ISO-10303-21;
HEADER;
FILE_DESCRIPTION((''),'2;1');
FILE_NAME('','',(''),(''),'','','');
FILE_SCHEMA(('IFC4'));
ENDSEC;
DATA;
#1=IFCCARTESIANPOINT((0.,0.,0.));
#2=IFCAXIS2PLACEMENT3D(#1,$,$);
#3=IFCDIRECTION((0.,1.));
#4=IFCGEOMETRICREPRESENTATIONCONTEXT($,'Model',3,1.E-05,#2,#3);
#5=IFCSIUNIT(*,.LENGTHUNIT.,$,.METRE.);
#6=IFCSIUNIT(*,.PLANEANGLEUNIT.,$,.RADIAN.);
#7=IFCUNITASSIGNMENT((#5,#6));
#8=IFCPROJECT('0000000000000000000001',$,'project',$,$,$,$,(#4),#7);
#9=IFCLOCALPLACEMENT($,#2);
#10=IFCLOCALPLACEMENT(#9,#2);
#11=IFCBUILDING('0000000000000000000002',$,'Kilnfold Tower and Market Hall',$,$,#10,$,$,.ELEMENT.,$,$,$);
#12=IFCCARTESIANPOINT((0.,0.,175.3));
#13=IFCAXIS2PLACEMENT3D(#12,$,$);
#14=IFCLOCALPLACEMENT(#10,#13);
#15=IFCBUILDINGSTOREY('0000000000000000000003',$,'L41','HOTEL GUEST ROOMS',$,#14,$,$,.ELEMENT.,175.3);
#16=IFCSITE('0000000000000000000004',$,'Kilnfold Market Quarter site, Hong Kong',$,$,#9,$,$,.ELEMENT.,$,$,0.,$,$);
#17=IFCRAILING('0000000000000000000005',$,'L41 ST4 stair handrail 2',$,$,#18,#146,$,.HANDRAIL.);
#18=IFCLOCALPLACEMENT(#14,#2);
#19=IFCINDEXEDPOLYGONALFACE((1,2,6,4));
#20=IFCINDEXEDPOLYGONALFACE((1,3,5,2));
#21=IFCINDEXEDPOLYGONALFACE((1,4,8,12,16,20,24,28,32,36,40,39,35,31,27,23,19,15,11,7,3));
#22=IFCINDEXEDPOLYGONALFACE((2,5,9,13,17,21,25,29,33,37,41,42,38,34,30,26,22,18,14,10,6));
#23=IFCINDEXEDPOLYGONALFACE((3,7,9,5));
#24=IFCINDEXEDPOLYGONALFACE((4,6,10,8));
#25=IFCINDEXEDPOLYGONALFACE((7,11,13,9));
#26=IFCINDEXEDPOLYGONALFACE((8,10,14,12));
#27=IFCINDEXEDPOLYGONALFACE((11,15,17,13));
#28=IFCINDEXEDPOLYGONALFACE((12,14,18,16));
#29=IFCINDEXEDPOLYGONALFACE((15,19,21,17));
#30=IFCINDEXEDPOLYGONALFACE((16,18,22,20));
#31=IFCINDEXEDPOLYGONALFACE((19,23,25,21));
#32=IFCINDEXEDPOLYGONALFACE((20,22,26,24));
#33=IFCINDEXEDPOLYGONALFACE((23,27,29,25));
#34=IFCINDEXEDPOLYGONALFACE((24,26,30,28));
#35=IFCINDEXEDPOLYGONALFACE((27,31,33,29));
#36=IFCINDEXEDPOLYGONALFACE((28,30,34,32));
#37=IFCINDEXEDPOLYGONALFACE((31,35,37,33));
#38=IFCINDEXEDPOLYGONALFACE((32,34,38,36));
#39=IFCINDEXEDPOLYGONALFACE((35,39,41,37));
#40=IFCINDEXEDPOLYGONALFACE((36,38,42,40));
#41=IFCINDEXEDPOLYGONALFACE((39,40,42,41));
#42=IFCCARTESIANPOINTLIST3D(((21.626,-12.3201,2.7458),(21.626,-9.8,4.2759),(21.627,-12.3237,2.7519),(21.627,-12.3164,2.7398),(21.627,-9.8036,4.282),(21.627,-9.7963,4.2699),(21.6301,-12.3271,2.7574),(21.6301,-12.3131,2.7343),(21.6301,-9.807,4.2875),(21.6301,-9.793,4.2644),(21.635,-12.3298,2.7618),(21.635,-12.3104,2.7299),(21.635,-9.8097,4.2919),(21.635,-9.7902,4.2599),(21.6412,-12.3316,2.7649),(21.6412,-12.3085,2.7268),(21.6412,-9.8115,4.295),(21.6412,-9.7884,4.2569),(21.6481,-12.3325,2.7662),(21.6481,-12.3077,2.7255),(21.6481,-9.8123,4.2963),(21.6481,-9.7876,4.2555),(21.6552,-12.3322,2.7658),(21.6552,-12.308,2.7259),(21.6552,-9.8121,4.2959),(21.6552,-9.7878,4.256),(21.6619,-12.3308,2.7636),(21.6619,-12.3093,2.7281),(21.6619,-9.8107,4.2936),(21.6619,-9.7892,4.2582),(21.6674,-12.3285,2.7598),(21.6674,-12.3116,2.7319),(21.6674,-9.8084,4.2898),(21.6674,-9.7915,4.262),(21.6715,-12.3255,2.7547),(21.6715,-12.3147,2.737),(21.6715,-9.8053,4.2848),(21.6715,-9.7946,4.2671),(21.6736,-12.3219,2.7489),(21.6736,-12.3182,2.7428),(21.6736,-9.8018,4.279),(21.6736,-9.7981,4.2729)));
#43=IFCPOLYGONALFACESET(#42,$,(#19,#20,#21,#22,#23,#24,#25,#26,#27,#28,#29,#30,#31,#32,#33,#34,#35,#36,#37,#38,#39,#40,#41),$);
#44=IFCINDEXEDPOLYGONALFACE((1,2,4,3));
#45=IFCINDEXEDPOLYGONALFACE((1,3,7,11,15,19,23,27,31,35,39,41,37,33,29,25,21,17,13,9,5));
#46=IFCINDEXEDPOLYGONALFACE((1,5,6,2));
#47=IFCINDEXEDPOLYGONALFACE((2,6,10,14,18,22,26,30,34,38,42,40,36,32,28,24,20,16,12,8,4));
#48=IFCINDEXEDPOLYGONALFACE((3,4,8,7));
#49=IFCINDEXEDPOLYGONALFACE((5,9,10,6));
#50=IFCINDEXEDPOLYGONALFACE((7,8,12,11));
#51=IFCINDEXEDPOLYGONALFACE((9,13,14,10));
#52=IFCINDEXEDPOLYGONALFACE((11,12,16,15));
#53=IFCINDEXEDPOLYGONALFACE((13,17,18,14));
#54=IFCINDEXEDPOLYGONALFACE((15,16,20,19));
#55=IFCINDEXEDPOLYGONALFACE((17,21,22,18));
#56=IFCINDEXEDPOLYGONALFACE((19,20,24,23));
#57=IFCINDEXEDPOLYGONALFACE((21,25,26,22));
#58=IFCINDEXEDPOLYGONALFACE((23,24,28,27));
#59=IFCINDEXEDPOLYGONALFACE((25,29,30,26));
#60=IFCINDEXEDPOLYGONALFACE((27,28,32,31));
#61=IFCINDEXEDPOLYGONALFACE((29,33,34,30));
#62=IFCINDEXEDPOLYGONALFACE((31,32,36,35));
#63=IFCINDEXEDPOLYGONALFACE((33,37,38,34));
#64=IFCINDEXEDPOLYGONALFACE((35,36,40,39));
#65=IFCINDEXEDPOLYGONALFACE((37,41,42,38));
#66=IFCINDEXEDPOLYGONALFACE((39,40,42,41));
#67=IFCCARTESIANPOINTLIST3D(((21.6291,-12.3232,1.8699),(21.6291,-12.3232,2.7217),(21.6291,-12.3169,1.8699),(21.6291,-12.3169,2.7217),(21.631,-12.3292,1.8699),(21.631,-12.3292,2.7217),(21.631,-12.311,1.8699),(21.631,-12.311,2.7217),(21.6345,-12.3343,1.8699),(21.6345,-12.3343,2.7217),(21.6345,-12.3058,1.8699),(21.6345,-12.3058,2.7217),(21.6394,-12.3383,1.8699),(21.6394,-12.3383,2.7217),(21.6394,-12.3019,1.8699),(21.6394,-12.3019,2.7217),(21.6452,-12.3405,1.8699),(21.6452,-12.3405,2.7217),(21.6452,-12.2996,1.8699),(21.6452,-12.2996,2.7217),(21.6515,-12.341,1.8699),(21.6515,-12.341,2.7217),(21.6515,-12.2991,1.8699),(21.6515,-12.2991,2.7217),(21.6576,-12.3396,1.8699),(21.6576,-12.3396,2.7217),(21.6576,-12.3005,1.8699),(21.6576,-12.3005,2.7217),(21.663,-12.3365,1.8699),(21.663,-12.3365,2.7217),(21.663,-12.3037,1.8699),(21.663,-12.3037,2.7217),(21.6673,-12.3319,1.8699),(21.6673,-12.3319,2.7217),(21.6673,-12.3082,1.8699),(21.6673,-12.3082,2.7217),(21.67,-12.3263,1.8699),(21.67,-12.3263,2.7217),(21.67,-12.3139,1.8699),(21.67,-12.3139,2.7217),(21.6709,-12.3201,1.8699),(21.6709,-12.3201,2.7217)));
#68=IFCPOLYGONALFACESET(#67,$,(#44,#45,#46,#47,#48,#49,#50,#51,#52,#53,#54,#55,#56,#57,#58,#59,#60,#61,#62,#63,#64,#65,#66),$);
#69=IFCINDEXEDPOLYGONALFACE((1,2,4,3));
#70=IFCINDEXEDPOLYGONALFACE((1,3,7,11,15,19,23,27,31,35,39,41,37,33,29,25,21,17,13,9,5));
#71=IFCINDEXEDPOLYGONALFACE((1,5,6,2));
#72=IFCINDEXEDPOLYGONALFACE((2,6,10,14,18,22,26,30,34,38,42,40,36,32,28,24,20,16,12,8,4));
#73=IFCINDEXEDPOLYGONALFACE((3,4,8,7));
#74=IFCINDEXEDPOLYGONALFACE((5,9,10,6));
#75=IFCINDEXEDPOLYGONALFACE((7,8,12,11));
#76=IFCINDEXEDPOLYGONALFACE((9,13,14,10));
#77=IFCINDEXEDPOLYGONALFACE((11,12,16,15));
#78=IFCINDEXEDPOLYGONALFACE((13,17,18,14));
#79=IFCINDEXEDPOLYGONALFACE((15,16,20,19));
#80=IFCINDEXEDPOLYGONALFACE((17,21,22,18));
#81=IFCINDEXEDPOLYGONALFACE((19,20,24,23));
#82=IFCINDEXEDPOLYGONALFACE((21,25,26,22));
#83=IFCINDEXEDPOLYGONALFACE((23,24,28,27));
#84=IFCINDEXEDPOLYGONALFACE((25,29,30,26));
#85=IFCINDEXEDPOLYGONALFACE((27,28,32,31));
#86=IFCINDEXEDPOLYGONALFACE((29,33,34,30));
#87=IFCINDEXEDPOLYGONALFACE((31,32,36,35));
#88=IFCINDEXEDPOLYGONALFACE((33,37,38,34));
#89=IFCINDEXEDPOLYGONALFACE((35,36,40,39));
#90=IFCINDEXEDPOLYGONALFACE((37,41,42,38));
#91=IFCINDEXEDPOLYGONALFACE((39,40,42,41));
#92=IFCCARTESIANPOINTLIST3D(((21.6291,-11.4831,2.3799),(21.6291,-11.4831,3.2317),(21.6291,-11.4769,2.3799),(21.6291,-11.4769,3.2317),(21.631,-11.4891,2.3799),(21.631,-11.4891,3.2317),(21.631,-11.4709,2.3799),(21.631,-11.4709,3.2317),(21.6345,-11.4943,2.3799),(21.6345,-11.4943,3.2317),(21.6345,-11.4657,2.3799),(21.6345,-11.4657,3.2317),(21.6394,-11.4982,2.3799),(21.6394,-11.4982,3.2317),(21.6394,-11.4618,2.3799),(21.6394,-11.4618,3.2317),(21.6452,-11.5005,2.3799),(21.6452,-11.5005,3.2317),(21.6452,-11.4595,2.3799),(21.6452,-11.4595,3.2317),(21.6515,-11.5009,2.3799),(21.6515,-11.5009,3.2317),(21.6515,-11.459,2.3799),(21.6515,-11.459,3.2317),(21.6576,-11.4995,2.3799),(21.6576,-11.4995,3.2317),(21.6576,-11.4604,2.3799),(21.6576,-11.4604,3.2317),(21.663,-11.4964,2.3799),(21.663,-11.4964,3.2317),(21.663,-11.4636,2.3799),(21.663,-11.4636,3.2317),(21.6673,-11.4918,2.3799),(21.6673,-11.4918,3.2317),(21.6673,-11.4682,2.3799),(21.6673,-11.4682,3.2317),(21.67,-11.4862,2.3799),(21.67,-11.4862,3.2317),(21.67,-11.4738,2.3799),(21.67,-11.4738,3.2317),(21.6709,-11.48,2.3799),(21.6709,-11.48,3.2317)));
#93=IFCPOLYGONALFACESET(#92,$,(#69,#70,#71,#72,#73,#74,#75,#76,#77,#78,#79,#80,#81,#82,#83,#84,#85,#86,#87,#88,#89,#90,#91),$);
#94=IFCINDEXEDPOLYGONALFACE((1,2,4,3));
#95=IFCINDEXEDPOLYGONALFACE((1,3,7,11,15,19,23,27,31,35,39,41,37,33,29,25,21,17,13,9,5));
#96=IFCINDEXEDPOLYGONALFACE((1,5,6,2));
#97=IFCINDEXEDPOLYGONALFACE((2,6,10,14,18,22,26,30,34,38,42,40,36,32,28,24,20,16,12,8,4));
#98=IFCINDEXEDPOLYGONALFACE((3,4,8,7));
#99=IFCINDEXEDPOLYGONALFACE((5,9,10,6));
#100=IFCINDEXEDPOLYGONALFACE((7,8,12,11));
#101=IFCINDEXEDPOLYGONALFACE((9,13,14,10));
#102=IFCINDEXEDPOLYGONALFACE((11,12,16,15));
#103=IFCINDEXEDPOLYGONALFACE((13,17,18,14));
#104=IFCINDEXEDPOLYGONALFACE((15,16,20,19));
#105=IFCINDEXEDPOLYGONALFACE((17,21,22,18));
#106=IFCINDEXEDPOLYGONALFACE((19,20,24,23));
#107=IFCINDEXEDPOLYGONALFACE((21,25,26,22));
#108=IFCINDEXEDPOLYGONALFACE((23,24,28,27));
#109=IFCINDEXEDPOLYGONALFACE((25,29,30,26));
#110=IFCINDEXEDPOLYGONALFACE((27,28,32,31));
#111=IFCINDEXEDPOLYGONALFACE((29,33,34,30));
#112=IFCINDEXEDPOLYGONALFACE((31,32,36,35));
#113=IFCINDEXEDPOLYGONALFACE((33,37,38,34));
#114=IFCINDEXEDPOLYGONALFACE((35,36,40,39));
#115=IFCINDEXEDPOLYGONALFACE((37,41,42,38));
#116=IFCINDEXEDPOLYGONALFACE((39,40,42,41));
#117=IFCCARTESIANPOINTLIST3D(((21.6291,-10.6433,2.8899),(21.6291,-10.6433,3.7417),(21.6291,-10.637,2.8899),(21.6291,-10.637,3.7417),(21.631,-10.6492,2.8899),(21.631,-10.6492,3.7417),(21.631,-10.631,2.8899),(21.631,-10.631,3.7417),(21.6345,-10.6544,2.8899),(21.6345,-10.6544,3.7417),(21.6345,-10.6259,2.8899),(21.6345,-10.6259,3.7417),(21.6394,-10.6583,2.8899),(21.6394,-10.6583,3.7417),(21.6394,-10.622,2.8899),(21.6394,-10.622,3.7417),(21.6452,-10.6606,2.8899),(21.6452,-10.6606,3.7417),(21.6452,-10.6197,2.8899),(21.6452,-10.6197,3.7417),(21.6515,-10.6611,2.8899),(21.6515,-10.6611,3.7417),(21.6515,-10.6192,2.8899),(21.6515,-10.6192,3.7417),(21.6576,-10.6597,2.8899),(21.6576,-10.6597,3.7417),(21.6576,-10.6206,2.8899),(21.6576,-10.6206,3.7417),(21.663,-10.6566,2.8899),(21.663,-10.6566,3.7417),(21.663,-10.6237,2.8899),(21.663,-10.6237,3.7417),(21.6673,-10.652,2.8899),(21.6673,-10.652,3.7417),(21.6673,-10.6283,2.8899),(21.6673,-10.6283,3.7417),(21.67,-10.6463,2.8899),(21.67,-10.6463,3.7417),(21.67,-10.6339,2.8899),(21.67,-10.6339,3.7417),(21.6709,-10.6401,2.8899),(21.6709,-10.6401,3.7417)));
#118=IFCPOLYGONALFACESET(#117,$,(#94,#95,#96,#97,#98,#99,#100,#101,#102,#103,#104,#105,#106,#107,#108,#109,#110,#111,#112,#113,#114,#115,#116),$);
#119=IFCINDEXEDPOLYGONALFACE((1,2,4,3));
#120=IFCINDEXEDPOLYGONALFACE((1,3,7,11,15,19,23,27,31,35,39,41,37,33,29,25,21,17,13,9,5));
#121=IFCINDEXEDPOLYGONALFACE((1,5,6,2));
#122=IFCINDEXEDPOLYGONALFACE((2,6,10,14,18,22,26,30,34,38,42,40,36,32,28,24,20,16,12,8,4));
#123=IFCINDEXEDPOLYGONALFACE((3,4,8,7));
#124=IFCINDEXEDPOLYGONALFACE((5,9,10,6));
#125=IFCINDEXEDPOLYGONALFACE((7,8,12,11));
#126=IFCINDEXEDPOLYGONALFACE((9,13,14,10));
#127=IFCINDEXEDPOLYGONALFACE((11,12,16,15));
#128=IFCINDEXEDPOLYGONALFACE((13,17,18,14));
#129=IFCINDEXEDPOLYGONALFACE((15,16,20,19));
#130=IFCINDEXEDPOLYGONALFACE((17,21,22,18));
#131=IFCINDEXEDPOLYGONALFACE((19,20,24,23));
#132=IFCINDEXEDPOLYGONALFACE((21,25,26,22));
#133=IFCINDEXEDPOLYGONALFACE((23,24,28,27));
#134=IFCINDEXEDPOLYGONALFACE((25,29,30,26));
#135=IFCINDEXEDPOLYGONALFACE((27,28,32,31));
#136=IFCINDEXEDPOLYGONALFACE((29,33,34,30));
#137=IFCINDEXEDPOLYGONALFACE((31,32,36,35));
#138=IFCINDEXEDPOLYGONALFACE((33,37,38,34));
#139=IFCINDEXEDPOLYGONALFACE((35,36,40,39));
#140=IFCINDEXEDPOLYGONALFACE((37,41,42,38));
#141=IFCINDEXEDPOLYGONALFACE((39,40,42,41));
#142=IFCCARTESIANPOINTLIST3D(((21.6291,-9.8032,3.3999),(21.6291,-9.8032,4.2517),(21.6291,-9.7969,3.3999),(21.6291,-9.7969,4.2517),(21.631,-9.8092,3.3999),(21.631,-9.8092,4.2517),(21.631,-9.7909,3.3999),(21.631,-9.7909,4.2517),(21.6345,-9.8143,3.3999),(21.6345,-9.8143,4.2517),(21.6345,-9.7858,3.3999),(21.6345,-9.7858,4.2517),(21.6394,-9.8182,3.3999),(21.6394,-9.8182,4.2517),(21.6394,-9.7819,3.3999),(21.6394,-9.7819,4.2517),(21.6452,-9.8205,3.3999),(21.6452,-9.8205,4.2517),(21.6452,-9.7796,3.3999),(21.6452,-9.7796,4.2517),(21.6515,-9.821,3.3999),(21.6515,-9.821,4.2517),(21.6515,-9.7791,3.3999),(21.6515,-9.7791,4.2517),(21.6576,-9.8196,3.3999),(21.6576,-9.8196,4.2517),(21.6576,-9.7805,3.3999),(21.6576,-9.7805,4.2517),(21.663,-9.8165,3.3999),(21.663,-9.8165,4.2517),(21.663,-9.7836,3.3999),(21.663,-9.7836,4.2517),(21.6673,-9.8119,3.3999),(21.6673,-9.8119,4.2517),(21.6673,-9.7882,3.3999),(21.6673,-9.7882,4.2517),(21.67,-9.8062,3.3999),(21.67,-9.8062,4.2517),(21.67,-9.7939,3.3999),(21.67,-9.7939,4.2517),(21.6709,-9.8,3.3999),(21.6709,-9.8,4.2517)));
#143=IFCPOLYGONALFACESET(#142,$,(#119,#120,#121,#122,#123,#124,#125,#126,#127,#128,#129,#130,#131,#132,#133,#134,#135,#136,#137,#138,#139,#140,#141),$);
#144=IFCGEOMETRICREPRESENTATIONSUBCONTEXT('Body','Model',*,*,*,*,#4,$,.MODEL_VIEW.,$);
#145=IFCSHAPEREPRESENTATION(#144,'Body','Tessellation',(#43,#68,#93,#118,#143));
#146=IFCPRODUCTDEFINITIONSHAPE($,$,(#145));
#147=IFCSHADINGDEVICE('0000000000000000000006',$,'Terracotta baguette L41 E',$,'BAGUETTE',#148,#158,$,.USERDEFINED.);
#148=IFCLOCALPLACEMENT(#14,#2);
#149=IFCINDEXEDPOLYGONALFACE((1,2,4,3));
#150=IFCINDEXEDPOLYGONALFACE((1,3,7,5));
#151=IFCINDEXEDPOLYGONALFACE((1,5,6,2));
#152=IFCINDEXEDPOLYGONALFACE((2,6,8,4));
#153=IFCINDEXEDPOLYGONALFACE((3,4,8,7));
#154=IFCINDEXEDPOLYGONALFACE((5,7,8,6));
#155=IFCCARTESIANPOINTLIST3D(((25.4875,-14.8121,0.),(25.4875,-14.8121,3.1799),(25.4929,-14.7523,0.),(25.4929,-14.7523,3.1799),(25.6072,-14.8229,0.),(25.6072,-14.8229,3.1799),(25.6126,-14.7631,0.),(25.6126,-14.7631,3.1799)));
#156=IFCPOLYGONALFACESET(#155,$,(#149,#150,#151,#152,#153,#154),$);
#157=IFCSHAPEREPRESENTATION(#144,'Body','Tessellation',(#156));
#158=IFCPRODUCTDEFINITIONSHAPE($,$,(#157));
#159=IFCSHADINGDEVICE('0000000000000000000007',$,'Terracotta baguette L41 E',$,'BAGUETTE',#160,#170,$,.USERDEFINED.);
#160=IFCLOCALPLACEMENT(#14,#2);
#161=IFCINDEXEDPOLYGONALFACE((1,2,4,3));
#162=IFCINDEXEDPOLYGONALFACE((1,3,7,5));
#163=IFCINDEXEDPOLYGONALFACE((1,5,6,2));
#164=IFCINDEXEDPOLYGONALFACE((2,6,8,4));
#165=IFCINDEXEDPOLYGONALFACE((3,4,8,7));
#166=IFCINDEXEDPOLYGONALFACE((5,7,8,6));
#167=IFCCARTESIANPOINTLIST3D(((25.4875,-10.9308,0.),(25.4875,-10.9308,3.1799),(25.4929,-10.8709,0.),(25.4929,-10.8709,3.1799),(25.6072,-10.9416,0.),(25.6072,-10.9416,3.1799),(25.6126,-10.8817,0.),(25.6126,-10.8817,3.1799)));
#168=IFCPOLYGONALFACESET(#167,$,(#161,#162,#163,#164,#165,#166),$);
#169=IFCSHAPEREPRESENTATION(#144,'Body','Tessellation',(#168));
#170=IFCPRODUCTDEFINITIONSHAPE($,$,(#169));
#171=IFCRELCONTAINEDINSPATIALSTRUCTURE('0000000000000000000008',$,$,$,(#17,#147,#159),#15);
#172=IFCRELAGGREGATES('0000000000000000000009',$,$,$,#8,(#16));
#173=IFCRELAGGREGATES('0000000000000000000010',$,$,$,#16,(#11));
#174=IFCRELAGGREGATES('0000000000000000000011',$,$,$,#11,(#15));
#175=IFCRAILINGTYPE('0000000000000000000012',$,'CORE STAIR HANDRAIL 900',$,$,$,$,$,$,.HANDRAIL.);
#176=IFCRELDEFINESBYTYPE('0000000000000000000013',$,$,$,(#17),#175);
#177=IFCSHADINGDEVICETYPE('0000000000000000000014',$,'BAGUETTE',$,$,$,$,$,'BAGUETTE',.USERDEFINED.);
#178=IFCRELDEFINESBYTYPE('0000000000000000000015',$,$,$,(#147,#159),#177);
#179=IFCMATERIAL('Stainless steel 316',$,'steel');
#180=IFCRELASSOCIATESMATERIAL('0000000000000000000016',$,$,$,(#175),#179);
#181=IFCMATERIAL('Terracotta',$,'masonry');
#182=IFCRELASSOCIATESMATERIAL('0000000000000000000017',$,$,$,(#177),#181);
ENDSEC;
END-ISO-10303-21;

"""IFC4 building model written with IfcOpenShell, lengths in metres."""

from ifc_helpers import new_model, si_unit, direction, frame, origin, origin_2d, place, context, subcontext, project, spatial, rectangle, circle, extrude, source, transform, mapped, material, material_profile, profile_set, type_object, element, save


model = new_model("IFC4")

# Units and contexts
model_context = context("Model", 3, precision=1e-05, world=origin(), true_north=direction((0.0, 1.0)))
body_context = subcontext(model_context, "Body", "Model", "MODEL_VIEW")
ifc_project = project(units=[si_unit("LENGTHUNIT", "METRE"), si_unit("PLANEANGLEUNIT", "RADIAN")], contexts=[model_context])

# Site, building, storey
site_placement = place(None, origin())
site = spatial("IfcSite", under=ifc_project, at=site_placement, Name="Kilnfold Market Quarter site, Hong Kong", CompositionType="ELEMENT", RefElevation=0.0)
building_placement = place(site_placement, origin())
building = spatial("IfcBuilding", under=site, at=building_placement, Name="Kilnfold Tower and Market Hall", CompositionType="ELEMENT")
storey_placement = place(building_placement, frame((0.0, 0.0, 175.3)))
storey = spatial("IfcBuildingStorey", under=building, at=storey_placement, Name="L41", Description="HOTEL GUEST ROOMS", CompositionType="ELEMENT", Elevation=175.3)

# Railing
ifc_material_1 = material(Name="Stainless steel 316", Category="steel")
railing_type_1 = type_object("IfcRailingType", Name="CORE STAIR HANDRAIL 900", PredefinedType="HANDRAIL", material=ifc_material_1)
railing_1_placement = place(storey_placement, frame((21.6499, -12.3201, 1.8699)))
element("IfcRailing", 1, at=railing_1_placement, inside=storey, type_object=railing_type_1, Name="L41 ST4 stair handrail 2", PredefinedType="HANDRAIL", context=body_context, shape_type="SweptSolid", body=[
    extrude(circle(Radius=0.0239, at=origin_2d()), frame((0.0, 0.0, 0.876), z_axis=(0.0, 0.854785, 0.518982), x_axis=(-1.0, 0.0, 0.0)), (0.0, 0.0, 1.0), 2.9482),
    extrude(circle(Radius=0.021, at=origin_2d()), origin(), (0.0, 0.0, 1.0), 0.8518),
    extrude(circle(Radius=0.021, at=origin_2d()), frame((0.0, 0.8401, 0.51)), (0.0, 0.0, 1.0), 0.8518),
    extrude(circle(Radius=0.021, at=origin_2d()), frame((0.0, 1.6799, 1.02)), (0.0, 0.0, 1.0), 0.8518),
    extrude(circle(Radius=0.021, at=origin_2d()), frame((0.0, 2.52, 1.53)), (0.0, 0.0, 1.0), 0.8518),
])

# Shading devices
ifc_material_2 = material(Name="Terracotta", Category="masonry")
ifc_material_profile_1 = material_profile(ifc_material_2, rectangle(XDim=0.0601, YDim=0.1201, at=origin_2d()), Name="BAG 60x120")
ifc_profile_set_1 = profile_set([ifc_material_profile_1], Name="Terracotta")
shading_device_type = type_object("IfcShadingDeviceType", Name="BAGUETTE", ElementType="BAGUETTE", PredefinedType="USERDEFINED", material=ifc_profile_set_1)
shared_shape_1 = source(origin(), body_context, "Body", "SweptSolid", [
    extrude(rectangle(XDim=0.0601, YDim=0.1201, at=origin_2d()), origin(), (0.0, 0.0, 1.0), 3.1799),
])
for number, where, z_axis, x_axis, name in (
    (2, (25.55, -14.7876, 0.0), (0.0, 0.0, 1.0), (0.089758, 0.995964, 0.0), "Terracotta baguette L41 E"),
    (3, (25.55, -10.9062, 0.0), (0.0, 0.0, 1.0), (0.089864, 0.995954, 0.0), "Terracotta baguette L41 E"),
):
    element("IfcShadingDevice", number, at=place(storey_placement, frame(where, z_axis=z_axis, x_axis=x_axis)), inside=storey, type_object=shading_device_type, Name=name, ObjectType="BAGUETTE", PredefinedType="USERDEFINED", context=body_context, shape_type="MappedRepresentation", body=[
        mapped(shared_shape_1, transform((0.0, 0.0, 0.0))),
    ])

save(model, "model.ifc")
